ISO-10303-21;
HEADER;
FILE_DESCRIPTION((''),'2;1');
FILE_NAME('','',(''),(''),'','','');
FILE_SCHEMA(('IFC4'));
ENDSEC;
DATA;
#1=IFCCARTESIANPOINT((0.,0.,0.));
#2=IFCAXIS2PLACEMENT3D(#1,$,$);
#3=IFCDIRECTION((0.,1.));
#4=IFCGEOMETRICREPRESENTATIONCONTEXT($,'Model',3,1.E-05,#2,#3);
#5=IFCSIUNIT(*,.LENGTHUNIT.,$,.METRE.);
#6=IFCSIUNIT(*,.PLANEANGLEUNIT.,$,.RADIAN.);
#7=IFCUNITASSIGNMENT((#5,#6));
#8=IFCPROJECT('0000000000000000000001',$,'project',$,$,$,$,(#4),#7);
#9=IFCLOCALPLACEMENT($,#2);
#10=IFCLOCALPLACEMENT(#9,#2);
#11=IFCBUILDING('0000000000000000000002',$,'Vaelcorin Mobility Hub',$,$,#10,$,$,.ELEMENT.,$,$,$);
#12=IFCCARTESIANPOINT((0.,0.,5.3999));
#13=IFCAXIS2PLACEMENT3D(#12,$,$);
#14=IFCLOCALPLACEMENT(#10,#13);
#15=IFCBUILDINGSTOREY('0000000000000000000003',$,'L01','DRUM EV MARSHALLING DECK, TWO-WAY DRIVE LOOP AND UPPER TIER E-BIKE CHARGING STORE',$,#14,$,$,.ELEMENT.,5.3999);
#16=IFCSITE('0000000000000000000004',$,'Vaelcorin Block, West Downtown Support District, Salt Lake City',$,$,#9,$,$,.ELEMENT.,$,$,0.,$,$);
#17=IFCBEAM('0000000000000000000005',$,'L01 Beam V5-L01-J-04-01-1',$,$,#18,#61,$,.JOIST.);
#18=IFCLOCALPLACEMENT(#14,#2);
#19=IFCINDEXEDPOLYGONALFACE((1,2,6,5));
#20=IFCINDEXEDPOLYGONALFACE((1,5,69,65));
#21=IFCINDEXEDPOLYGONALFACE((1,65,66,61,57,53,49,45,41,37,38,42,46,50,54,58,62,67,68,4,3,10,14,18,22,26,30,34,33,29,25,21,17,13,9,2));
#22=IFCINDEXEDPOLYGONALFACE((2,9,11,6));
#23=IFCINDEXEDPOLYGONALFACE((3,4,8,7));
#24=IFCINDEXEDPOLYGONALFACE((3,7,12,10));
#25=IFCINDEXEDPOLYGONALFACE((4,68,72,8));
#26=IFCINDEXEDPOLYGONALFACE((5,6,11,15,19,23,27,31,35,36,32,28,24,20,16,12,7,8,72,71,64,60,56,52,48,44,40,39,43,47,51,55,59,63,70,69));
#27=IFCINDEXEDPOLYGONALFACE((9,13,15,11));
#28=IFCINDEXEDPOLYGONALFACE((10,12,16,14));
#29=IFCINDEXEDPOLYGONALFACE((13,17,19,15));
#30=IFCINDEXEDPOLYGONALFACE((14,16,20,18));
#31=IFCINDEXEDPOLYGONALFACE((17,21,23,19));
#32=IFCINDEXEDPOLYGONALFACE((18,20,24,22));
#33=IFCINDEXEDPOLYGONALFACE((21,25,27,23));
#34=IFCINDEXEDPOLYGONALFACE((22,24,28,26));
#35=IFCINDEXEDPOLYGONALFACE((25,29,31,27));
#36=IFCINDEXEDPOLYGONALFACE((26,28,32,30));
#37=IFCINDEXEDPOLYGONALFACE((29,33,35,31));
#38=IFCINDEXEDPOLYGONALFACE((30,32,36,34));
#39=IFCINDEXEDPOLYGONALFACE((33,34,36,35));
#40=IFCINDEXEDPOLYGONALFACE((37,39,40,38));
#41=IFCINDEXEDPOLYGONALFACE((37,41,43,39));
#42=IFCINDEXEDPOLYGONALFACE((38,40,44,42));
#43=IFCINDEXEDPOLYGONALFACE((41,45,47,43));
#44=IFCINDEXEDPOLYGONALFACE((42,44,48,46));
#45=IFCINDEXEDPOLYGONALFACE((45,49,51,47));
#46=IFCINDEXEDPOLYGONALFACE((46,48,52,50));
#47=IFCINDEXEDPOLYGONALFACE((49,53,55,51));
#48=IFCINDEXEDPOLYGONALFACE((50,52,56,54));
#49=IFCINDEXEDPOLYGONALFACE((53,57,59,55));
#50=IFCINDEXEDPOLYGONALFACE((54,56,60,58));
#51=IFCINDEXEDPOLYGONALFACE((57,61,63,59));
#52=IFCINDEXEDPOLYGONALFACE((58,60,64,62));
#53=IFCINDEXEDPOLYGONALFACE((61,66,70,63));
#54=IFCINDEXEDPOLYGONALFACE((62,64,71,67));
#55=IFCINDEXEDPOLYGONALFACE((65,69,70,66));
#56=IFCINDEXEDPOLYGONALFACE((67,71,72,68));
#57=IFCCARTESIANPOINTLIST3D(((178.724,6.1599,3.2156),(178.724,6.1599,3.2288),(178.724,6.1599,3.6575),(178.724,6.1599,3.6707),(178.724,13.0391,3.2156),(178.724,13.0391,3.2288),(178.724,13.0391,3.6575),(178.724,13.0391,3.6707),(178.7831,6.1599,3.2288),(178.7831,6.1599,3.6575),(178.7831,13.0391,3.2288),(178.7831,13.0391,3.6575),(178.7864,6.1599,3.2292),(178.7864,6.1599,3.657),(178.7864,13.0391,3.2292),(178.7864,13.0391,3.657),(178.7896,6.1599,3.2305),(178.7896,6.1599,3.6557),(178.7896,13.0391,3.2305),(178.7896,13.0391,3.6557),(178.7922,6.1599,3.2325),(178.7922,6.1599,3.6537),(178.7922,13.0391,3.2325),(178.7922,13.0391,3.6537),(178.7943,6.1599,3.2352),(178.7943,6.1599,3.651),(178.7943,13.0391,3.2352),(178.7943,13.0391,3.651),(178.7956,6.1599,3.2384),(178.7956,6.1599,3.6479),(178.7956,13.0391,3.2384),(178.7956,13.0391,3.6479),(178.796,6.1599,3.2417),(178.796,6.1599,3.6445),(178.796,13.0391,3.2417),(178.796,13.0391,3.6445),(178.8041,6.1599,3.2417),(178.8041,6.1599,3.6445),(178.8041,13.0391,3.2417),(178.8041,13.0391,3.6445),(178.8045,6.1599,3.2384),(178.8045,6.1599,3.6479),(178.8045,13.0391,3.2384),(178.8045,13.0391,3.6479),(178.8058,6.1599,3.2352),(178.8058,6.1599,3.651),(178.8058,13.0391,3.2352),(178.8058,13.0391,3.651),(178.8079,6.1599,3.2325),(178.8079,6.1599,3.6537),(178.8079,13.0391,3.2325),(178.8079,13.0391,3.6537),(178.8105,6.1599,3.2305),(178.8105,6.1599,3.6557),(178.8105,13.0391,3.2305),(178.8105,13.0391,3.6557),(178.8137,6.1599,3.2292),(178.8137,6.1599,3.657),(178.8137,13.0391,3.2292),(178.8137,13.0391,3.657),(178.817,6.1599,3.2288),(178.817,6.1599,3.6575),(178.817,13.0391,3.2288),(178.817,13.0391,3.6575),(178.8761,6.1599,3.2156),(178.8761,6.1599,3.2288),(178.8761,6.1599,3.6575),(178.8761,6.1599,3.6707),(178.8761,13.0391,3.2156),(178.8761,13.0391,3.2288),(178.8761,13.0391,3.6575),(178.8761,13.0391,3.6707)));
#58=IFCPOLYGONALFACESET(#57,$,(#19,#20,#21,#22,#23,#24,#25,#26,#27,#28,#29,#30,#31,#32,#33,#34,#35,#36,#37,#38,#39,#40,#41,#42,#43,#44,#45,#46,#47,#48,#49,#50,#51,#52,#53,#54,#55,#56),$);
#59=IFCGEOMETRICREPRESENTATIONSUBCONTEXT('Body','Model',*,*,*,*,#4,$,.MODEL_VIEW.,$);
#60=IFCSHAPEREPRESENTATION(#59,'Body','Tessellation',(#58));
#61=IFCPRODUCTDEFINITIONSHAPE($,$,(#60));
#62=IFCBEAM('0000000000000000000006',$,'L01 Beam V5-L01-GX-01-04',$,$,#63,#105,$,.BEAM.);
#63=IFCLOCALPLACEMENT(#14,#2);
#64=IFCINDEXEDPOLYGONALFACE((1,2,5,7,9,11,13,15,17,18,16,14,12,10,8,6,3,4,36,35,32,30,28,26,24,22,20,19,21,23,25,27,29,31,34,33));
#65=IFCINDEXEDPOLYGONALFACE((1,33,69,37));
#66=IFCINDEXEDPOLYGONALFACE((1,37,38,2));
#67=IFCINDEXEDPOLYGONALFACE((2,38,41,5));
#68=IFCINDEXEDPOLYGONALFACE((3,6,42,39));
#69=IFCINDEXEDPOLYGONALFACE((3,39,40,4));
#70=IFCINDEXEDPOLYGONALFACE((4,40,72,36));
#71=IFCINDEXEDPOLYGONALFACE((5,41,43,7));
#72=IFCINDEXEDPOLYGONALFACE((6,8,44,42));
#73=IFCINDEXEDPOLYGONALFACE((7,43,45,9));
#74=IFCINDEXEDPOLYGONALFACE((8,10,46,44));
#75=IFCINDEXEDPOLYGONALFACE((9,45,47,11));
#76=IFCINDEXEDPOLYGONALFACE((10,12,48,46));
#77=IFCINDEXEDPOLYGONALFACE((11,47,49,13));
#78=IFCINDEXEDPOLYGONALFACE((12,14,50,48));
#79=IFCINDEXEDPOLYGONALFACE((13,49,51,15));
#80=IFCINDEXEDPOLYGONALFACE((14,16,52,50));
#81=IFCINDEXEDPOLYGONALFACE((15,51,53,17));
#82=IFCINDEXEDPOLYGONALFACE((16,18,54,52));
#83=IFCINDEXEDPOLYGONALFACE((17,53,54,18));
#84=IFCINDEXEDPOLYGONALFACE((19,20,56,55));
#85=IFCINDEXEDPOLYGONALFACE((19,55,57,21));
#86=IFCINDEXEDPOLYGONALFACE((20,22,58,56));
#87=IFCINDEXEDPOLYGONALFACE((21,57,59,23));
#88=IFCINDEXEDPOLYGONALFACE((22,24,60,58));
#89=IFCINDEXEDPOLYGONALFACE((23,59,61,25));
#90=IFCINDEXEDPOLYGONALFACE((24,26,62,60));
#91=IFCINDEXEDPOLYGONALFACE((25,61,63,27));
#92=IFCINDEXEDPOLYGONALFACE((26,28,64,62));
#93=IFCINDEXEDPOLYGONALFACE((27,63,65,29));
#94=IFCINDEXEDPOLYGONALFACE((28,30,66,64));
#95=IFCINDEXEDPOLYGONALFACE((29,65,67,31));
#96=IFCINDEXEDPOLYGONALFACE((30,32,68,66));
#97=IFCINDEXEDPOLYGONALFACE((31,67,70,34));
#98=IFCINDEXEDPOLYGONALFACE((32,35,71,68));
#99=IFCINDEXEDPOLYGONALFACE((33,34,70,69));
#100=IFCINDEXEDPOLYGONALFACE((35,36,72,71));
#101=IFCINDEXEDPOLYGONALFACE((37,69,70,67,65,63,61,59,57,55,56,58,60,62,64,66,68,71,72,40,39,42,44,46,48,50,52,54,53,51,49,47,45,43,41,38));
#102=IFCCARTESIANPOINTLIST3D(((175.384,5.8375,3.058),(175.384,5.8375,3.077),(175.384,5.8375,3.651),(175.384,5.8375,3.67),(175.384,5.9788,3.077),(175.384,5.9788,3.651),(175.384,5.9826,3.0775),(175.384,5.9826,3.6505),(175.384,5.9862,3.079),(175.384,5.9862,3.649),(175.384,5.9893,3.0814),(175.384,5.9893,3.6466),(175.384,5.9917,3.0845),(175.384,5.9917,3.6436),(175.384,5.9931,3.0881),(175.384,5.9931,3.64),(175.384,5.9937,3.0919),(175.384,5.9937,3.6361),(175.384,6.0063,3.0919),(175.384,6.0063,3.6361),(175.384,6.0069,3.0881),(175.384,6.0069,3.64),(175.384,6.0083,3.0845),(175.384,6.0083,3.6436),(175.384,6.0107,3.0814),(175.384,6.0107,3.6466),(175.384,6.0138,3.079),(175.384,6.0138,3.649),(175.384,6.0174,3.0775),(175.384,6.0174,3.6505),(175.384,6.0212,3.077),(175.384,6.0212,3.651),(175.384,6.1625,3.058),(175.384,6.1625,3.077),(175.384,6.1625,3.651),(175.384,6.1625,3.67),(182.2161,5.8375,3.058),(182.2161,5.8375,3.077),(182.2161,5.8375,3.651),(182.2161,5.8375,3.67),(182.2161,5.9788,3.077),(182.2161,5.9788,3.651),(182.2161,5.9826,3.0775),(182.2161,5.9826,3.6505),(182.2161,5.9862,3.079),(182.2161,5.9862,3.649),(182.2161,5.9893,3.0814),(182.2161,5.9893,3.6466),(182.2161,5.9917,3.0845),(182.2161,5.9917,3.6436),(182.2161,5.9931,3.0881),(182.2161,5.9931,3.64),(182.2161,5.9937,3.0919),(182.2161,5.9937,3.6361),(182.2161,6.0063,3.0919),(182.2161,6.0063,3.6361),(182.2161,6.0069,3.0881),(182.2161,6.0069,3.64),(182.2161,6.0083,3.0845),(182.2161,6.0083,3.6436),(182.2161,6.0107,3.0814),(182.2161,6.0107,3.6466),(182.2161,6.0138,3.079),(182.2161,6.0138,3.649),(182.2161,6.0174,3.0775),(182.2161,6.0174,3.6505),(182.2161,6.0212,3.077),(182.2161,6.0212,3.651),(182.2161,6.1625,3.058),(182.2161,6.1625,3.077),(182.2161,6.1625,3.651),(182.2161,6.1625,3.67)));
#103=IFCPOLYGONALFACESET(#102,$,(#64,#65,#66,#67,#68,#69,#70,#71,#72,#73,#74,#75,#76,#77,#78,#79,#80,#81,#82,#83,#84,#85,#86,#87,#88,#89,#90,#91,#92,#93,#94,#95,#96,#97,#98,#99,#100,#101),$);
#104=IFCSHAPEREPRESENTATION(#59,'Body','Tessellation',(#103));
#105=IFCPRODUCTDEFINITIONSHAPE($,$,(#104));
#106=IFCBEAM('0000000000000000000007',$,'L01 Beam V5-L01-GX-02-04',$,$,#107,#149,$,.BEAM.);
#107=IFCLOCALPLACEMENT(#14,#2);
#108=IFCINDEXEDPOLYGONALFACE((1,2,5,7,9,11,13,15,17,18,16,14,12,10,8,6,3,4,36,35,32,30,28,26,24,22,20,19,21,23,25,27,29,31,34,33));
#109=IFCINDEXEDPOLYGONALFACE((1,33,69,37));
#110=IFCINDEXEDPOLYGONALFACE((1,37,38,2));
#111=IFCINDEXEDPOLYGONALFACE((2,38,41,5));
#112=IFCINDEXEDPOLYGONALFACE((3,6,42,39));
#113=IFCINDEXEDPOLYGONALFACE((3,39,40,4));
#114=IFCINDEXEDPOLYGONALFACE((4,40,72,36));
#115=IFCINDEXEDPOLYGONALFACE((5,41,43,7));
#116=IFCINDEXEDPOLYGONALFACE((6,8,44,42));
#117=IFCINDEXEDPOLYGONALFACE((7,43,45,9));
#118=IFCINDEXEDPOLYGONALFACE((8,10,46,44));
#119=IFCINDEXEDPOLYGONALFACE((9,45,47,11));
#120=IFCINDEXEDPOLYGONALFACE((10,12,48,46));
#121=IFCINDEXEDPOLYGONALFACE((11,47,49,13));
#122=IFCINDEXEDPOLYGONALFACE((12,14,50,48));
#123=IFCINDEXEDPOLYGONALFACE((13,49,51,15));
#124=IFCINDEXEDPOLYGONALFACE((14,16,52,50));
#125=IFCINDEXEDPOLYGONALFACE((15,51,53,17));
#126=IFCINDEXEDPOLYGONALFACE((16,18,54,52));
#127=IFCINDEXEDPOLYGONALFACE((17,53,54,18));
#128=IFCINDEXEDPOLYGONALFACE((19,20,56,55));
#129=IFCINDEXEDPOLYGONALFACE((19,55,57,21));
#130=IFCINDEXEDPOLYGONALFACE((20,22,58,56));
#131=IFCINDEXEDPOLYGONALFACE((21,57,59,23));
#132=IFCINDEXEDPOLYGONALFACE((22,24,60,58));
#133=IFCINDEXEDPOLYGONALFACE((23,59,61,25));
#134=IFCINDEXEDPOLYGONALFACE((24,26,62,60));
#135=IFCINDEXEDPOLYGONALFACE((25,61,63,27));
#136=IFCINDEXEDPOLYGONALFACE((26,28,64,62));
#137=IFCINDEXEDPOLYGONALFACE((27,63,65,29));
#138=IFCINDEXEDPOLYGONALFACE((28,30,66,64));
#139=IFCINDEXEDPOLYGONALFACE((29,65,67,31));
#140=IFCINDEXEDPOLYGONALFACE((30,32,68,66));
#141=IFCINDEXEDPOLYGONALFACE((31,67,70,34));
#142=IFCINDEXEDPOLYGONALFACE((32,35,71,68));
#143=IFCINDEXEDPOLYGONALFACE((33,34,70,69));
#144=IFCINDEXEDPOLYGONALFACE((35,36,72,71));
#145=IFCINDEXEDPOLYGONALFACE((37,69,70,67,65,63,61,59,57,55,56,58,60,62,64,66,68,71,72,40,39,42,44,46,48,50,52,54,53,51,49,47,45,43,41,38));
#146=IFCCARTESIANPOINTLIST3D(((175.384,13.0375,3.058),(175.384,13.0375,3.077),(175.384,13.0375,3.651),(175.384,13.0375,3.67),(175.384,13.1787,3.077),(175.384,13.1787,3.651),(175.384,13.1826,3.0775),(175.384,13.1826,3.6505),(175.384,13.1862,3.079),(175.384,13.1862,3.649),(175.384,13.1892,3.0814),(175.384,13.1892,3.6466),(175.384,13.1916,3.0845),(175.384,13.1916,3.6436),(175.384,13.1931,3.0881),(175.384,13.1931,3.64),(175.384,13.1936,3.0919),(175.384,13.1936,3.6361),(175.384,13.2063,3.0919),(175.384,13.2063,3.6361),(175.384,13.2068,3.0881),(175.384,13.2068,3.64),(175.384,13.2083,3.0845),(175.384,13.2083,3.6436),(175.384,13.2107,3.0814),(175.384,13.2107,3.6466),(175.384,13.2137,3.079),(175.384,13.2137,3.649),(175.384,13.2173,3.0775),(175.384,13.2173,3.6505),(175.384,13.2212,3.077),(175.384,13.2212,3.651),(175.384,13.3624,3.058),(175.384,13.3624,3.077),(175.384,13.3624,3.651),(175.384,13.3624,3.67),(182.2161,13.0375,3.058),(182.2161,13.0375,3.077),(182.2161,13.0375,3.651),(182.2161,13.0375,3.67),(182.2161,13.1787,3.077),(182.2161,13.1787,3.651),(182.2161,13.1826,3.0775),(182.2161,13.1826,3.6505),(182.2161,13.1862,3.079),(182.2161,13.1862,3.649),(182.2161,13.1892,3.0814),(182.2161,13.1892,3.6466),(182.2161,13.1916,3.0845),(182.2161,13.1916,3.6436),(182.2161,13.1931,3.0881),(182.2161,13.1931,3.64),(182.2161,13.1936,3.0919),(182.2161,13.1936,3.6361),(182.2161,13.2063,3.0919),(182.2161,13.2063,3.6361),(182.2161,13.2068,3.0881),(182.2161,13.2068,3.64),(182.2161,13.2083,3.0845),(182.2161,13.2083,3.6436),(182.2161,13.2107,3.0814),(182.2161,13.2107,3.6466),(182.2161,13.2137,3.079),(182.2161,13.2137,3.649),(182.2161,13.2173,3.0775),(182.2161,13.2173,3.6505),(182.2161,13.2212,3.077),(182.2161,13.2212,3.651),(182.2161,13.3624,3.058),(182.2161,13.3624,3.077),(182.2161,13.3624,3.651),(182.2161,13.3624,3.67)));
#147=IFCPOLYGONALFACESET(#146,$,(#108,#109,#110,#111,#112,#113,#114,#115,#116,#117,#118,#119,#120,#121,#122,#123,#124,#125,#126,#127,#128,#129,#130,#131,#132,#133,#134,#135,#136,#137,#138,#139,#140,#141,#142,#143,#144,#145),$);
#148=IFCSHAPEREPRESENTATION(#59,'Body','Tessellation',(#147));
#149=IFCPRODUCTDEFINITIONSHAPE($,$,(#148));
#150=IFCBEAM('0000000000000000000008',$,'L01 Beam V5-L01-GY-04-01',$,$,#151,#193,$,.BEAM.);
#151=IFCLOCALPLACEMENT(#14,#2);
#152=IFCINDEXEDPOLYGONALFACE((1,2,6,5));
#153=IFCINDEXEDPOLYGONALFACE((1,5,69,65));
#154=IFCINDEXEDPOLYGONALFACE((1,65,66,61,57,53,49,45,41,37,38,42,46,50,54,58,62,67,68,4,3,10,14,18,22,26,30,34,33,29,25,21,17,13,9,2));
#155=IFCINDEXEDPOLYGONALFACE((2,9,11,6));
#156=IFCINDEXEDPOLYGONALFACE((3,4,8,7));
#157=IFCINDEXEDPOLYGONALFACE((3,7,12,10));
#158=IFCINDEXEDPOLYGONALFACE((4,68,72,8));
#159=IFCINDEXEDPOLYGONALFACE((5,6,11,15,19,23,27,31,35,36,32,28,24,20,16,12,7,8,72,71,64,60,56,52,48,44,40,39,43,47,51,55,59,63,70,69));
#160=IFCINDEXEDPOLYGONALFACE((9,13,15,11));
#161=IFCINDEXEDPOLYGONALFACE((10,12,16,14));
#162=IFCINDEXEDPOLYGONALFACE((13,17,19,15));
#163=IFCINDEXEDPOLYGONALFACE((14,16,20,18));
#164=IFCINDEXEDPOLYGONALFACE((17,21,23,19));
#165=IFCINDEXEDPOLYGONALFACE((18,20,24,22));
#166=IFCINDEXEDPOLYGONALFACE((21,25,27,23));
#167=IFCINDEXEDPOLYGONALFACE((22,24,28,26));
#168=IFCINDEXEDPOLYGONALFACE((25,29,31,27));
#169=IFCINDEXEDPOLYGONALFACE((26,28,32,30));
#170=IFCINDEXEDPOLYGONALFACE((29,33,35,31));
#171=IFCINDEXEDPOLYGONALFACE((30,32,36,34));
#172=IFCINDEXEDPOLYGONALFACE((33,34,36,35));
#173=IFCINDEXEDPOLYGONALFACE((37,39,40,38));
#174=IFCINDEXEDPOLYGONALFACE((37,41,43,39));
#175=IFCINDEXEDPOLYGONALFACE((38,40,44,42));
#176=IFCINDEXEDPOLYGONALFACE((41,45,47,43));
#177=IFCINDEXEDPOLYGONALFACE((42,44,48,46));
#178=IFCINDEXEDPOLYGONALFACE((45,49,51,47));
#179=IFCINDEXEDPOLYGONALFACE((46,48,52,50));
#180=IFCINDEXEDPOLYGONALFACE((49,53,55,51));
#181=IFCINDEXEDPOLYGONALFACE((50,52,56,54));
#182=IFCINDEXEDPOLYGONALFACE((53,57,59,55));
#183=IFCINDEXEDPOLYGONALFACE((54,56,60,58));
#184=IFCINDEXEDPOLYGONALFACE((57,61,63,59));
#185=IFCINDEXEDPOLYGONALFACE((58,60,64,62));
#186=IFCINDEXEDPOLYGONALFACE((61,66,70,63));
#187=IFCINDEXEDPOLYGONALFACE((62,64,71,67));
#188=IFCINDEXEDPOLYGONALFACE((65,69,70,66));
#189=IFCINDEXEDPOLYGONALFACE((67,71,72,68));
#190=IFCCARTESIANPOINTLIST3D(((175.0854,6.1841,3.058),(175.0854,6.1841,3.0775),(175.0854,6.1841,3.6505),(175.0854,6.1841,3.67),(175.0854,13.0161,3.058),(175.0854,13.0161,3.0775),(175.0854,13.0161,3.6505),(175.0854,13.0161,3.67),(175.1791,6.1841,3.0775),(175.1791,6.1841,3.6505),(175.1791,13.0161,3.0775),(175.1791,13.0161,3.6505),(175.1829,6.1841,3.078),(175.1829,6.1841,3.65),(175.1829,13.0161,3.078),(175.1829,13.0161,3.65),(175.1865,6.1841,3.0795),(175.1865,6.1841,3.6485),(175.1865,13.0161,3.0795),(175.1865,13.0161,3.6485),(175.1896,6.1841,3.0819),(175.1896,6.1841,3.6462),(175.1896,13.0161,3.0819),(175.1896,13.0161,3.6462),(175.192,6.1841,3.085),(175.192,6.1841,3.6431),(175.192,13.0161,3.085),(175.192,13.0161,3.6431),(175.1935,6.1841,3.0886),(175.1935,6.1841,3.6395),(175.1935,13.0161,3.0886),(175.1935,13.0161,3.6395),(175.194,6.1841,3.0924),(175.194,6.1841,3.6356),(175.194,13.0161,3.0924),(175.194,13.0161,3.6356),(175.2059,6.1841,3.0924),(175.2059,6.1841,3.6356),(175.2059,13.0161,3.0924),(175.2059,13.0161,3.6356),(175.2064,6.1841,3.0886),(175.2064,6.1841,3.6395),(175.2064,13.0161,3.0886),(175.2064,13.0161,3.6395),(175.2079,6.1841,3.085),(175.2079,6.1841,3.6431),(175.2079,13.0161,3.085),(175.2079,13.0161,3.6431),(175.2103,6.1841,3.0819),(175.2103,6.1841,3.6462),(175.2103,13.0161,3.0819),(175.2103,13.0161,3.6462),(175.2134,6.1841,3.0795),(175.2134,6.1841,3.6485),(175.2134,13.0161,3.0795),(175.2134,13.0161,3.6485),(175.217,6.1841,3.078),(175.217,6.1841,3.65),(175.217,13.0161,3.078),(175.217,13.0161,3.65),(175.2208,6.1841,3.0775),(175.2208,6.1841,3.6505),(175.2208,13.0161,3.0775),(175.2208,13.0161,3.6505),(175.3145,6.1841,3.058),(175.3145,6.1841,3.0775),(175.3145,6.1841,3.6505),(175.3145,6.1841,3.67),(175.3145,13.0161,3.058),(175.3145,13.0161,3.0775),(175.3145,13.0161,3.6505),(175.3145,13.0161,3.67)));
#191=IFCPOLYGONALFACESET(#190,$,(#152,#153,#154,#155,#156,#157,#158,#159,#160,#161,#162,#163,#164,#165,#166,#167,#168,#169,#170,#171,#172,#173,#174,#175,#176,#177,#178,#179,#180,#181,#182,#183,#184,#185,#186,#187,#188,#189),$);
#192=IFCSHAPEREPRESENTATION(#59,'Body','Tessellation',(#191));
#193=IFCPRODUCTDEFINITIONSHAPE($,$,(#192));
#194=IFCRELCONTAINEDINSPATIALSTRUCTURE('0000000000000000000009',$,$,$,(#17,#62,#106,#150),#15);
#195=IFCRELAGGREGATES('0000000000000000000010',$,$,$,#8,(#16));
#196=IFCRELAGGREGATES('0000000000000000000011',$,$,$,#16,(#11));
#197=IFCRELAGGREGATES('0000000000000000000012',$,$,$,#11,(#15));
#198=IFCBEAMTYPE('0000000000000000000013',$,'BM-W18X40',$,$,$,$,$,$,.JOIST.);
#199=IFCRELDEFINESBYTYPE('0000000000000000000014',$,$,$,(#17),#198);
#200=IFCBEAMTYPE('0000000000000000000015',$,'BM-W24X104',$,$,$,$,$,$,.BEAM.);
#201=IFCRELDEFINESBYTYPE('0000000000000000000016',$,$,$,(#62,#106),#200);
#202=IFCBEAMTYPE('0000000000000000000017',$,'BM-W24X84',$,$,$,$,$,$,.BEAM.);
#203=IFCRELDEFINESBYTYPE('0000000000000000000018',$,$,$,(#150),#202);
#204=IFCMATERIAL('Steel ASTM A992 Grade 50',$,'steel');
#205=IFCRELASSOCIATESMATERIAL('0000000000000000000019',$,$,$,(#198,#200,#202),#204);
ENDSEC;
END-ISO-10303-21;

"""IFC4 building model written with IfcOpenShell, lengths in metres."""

from ifc_helpers import new_model, si_unit, direction, frame, origin, origin_2d, place, context, subcontext, project, spatial, i_section, extrude, material, material_profile, profile_set, type_object, element, save


model = new_model("IFC4")

# Units and contexts
model_context = context("Model", 3, precision=1e-05, world=origin(), true_north=direction((0.0, 1.0)))
body_context = subcontext(model_context, "Body", "Model", "MODEL_VIEW")
ifc_project = project(units=[si_unit("LENGTHUNIT", "METRE"), si_unit("PLANEANGLEUNIT", "RADIAN")], contexts=[model_context])

# Site, building, storey
site_placement = place(None, origin())
site = spatial("IfcSite", under=ifc_project, at=site_placement, Name="Vaelcorin Block, West Downtown Support District, Salt Lake City", CompositionType="ELEMENT", RefElevation=0.0)
building_placement = place(site_placement, origin())
building = spatial("IfcBuilding", under=site, at=building_placement, Name="Vaelcorin Mobility Hub", CompositionType="ELEMENT")
storey_placement = place(building_placement, frame((0.0, 0.0, 5.3999)))
storey = spatial("IfcBuildingStorey", under=building, at=storey_placement, Name="L01", Description="DRUM EV MARSHALLING DECK, TWO-WAY DRIVE LOOP AND UPPER TIER E-BIKE CHARGING STORE", CompositionType="ELEMENT", Elevation=5.3999)

# Shared definitions
ifc_material_1 = material(Name="Steel ASTM A992 Grade 50", Category="steel")

# Beams
ifc_material_profile_1 = material_profile(ifc_material_1, i_section(OverallWidth=0.1521, OverallDepth=0.4551, WebThickness=0.0081, FlangeThickness=0.0132, FilletRadius=0.0129, at=origin_2d()), Name="W18X40")
ifc_profile_set_1 = profile_set([ifc_material_profile_1], Name="Steel ASTM A992 Grade 50")
beam_type_1 = type_object("IfcBeamType", Name="BM-W18X40", PredefinedType="JOIST", material=ifc_profile_set_1)
beam_1_placement = place(storey_placement, frame((178.8, 6.1599, 3.4431), z_axis=(0.0, 1.0, 0.0), x_axis=(-1.0, 0.0, 0.0)))
element("IfcBeam", 1, at=beam_1_placement, inside=storey, type_object=beam_type_1, Name="L01 Beam V5-L01-J-04-01-1", PredefinedType="JOIST", context=body_context, shape_type="SweptSolid", body=[
    extrude(i_section(OverallWidth=0.1521, OverallDepth=0.4551, WebThickness=0.0081, FlangeThickness=0.0132, FilletRadius=0.0129, at=origin_2d()), origin(), (0.0, 0.0, 1.0), 6.8792),
])
ifc_material_profile_2 = material_profile(ifc_material_1, i_section(OverallWidth=0.325, OverallDepth=0.6121, WebThickness=0.0127, FlangeThickness=0.019, FilletRadius=0.0149, at=origin_2d()), Name="W24X104")
ifc_profile_set_2 = profile_set([ifc_material_profile_2], Name="Steel ASTM A992 Grade 50")
beam_type_2 = type_object("IfcBeamType", Name="BM-W24X104", PredefinedType="BEAM", material=ifc_profile_set_2)
for number, where, z_axis, x_axis, name in (
    (2, (175.384, 6.0, 3.364), (1.0, 0.0, 0.0), (0.0, 1.0, 0.0), "L01 Beam V5-L01-GX-01-04"),
    (3, (175.384, 13.2, 3.364), (1.0, 0.0, 0.0), (0.0, 1.0, 0.0), "L01 Beam V5-L01-GX-02-04"),
):
    element("IfcBeam", number, at=place(storey_placement, frame(where, z_axis=z_axis, x_axis=x_axis)), inside=storey, type_object=beam_type_2, Name=name, PredefinedType="BEAM", context=body_context, shape_type="SweptSolid", body=[
        extrude(i_section(OverallWidth=0.325, OverallDepth=0.6121, WebThickness=0.0127, FlangeThickness=0.019, FilletRadius=0.0149, at=origin_2d()), origin(), (0.0, 0.0, 1.0), 6.832),
    ])
ifc_material_profile_3 = material_profile(ifc_material_1, i_section(OverallWidth=0.229, OverallDepth=0.6121, WebThickness=0.012, FlangeThickness=0.0195, FilletRadius=0.0149, at=origin_2d()), Name="W24X84")
ifc_profile_set_3 = profile_set([ifc_material_profile_3], Name="Steel ASTM A992 Grade 50")
beam_type_3 = type_object("IfcBeamType", Name="BM-W24X84", PredefinedType="BEAM", material=ifc_profile_set_3)
beam_2_placement = place(storey_placement, frame((175.2, 6.1841, 3.364), z_axis=(0.0, 1.0, 0.0), x_axis=(-1.0, 0.0, 0.0)))
element("IfcBeam", 4, at=beam_2_placement, inside=storey, type_object=beam_type_3, Name="L01 Beam V5-L01-GY-04-01", PredefinedType="BEAM", context=body_context, shape_type="SweptSolid", body=[
    extrude(i_section(OverallWidth=0.229, OverallDepth=0.6121, WebThickness=0.012, FlangeThickness=0.0195, FilletRadius=0.0149, at=origin_2d()), origin(), (0.0, 0.0, 1.0), 6.832),
])

save(model, "model.ifc")
